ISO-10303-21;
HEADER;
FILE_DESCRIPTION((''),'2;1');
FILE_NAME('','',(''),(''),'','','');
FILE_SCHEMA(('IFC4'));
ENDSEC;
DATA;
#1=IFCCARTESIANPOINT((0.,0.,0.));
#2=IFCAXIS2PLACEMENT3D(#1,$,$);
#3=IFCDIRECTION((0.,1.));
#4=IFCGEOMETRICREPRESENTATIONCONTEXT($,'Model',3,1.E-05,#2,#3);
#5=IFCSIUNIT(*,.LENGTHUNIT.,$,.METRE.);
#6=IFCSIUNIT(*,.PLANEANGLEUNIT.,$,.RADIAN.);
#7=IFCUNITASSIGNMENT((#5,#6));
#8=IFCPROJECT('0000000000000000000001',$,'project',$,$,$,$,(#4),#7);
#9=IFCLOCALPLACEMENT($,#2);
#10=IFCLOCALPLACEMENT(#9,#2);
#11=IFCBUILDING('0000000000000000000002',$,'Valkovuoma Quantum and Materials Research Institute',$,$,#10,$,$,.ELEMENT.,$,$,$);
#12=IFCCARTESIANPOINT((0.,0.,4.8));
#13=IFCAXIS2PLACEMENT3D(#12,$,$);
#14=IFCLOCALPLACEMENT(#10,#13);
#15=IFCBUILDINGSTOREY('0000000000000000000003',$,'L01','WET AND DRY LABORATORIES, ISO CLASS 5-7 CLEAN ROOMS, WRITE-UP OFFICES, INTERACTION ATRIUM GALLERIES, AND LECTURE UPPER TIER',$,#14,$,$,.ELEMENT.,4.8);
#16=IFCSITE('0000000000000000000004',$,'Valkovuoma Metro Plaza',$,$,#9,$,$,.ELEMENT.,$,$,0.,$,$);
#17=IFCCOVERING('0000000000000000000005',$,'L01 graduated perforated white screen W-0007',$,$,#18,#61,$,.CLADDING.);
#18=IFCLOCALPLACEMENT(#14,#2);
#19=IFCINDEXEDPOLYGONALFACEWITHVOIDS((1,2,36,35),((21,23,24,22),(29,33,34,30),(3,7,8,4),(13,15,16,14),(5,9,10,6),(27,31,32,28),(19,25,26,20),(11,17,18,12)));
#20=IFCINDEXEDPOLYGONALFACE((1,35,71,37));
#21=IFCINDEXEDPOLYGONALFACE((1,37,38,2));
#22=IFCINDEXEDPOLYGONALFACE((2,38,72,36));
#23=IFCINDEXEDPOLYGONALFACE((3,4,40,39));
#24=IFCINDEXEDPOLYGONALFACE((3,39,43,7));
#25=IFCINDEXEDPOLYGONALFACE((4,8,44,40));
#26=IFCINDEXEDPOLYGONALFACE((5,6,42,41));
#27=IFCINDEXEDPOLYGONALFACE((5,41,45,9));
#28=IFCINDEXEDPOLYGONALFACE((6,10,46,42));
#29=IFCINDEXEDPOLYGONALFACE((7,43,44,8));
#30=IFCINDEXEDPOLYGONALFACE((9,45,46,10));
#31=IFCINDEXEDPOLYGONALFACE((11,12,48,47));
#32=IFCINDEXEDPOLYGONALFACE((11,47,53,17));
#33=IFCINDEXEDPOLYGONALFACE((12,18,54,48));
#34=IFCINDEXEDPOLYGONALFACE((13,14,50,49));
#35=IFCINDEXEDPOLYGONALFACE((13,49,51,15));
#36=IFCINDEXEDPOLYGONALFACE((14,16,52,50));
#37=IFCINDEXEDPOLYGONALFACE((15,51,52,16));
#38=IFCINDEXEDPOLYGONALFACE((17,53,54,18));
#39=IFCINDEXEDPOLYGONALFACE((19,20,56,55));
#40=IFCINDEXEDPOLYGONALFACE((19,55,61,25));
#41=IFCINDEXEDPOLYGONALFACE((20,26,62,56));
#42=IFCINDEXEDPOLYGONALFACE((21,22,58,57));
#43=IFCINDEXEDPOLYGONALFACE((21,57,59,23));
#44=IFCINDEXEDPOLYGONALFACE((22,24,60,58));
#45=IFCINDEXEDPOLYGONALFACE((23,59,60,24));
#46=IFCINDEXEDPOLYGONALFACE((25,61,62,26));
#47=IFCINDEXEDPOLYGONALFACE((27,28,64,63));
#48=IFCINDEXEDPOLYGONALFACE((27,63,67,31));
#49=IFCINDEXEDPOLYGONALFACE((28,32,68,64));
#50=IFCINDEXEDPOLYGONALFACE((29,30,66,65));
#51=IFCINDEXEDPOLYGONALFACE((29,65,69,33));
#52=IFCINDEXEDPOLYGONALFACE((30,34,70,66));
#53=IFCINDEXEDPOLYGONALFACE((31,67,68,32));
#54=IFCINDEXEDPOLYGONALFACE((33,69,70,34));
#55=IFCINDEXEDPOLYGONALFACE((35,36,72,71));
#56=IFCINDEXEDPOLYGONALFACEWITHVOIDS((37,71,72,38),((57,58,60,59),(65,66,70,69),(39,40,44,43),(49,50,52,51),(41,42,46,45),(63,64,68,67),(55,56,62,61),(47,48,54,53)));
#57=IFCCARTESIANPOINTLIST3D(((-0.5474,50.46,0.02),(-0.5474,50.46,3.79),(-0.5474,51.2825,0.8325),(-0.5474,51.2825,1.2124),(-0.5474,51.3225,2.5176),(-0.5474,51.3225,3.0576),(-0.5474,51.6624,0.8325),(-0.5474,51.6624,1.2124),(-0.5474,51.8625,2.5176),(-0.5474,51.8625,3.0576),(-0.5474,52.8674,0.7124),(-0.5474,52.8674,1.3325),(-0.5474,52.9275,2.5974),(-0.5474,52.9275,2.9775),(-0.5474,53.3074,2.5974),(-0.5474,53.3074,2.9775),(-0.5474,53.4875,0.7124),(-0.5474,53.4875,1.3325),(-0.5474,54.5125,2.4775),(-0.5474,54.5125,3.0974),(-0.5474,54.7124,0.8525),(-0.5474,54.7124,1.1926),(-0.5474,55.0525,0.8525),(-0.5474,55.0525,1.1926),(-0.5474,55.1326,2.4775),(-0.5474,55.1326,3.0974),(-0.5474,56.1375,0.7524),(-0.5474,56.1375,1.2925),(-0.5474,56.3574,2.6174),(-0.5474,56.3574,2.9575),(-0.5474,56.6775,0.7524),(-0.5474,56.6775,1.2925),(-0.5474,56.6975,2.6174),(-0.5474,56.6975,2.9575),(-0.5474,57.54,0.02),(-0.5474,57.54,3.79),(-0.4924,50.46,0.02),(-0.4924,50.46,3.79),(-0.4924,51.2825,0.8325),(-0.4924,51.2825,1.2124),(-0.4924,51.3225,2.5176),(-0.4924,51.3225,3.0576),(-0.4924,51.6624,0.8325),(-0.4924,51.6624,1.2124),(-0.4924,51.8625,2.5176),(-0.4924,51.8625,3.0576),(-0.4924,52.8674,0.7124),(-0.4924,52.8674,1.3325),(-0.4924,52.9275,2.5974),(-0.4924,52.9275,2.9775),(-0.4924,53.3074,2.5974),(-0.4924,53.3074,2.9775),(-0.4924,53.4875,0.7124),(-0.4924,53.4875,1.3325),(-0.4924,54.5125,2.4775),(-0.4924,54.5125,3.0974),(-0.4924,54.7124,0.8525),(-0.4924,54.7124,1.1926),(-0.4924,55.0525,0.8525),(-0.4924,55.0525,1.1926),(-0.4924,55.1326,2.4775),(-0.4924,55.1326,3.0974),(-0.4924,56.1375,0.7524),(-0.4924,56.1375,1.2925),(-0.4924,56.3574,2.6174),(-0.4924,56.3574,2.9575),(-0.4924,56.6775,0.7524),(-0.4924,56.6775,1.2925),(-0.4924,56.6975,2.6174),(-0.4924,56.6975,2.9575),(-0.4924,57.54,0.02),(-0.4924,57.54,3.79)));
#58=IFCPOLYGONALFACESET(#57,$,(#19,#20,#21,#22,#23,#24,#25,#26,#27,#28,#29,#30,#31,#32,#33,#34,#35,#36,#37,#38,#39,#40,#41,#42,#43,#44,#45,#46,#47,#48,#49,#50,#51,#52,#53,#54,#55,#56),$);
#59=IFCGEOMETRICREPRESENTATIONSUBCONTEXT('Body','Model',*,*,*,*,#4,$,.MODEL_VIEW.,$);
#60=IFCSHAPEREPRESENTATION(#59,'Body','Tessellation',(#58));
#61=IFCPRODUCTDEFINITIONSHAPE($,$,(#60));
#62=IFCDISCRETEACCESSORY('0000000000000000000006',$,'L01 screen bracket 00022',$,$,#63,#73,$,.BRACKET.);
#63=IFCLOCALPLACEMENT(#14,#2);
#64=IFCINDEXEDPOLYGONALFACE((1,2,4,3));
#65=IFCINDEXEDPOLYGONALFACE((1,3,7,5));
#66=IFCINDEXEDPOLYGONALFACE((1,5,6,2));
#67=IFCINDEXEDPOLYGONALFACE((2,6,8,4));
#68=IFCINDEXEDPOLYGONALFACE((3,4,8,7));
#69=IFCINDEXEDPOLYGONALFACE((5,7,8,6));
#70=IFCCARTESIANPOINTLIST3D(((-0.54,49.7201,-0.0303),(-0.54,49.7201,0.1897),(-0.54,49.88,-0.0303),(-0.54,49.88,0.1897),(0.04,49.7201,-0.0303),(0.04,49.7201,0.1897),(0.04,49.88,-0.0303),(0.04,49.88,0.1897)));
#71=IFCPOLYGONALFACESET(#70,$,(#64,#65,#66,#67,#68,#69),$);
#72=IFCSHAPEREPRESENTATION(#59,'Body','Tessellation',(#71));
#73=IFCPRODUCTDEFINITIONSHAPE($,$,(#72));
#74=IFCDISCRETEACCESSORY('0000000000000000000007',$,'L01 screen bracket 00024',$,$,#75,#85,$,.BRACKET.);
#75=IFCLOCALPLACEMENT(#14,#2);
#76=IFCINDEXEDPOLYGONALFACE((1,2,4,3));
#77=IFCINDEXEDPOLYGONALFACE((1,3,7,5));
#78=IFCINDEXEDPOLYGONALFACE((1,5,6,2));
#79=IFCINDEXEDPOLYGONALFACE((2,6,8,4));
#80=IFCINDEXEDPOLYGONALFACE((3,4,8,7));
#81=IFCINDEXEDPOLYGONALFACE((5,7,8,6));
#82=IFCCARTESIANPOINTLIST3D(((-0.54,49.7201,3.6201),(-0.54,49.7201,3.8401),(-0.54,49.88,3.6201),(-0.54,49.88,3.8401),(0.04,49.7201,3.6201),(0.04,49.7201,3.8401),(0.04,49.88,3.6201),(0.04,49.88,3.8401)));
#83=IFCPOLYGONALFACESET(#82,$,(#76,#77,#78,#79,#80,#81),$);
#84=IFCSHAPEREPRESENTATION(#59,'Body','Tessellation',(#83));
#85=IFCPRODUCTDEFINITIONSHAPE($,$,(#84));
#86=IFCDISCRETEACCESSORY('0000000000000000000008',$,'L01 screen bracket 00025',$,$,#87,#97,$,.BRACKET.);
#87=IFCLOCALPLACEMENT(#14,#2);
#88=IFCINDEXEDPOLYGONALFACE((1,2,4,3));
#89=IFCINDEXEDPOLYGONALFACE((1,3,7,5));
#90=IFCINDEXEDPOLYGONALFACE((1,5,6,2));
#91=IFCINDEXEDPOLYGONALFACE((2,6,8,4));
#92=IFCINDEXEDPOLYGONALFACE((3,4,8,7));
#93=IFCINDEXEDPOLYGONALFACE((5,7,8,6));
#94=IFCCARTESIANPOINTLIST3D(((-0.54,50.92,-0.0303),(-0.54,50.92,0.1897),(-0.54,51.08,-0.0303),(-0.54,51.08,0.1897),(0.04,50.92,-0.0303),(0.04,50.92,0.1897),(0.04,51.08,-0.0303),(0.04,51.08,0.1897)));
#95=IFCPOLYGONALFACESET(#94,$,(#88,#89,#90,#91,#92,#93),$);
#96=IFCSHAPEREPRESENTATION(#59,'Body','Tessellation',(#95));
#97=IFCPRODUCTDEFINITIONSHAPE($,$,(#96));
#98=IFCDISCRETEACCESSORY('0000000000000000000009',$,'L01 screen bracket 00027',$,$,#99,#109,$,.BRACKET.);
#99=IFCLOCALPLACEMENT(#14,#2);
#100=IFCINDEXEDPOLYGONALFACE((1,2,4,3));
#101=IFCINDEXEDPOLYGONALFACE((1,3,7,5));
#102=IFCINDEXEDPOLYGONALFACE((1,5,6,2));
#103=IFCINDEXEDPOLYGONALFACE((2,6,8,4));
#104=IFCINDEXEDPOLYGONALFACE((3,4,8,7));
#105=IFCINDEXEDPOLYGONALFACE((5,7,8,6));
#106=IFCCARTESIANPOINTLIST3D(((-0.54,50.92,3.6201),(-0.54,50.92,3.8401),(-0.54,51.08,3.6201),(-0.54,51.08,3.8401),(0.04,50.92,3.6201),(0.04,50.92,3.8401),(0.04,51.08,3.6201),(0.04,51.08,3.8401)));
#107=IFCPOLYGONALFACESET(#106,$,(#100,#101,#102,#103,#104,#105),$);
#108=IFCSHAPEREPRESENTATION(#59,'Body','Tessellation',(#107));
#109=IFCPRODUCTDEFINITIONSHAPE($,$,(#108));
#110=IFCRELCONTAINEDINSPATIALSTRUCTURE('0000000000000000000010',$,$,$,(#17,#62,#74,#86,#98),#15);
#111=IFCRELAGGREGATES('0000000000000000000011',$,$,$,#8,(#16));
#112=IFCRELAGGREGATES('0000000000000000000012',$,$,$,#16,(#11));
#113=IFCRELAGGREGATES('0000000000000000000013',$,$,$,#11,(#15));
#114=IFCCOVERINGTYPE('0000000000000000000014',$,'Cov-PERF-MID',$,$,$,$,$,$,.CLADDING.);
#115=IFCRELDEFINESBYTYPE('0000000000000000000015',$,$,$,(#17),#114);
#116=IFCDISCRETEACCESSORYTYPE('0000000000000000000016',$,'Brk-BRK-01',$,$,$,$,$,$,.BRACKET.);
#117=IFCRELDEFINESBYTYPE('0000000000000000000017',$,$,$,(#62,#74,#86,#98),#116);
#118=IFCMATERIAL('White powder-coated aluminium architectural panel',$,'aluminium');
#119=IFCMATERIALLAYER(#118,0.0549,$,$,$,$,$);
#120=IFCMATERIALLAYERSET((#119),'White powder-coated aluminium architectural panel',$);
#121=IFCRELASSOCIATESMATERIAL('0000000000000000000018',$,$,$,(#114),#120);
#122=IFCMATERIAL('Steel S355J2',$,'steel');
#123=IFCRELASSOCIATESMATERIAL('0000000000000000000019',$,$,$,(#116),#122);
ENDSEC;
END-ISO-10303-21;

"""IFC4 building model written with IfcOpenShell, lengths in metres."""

from ifc_helpers import new_model, si_unit, direction, frame, origin, origin_2d, place, context, subcontext, project, spatial, polyline, rectangle, outline, extrude, material, layer, layer_set, type_object, element, save


model = new_model("IFC4")

# Units and contexts
model_context = context("Model", 3, precision=1e-05, world=origin(), true_north=direction((0.0, 1.0)))
body_context = subcontext(model_context, "Body", "Model", "MODEL_VIEW")
ifc_project = project(units=[si_unit("LENGTHUNIT", "METRE"), si_unit("PLANEANGLEUNIT", "RADIAN")], contexts=[model_context])

# Site, building, storey
site_placement = place(None, origin())
site = spatial("IfcSite", under=ifc_project, at=site_placement, Name="Valkovuoma Metro Plaza", CompositionType="ELEMENT", RefElevation=0.0)
building_placement = place(site_placement, origin())
building = spatial("IfcBuilding", under=site, at=building_placement, Name="Valkovuoma Quantum and Materials Research Institute", CompositionType="ELEMENT")
storey_placement = place(building_placement, frame((0.0, 0.0, 4.8)))
storey = spatial("IfcBuildingStorey", under=building, at=storey_placement, Name="L01", Description="WET AND DRY LABORATORIES, ISO CLASS 5-7 CLEAN ROOMS, WRITE-UP OFFICES, INTERACTION ATRIUM GALLERIES, AND LECTURE UPPER TIER", CompositionType="ELEMENT", Elevation=4.8)

# Covering
ifc_material_1 = material(Name="White powder-coated aluminium architectural panel", Category="aluminium")
ifc_layer_1 = layer(ifc_material_1, 0.0549)
ifc_layer_set_1 = layer_set([ifc_layer_1], Name="White powder-coated aluminium architectural panel")
covering_type = type_object("IfcCoveringType", Name="Cov-PERF-MID", PredefinedType="CLADDING", material=ifc_layer_set_1)
covering_placement = place(storey_placement, frame((-0.52, 50.46, 0.02), z_axis=(0.0, 0.0, 1.0), x_axis=(0.0, 1.0, 0.0)))
element("IfcCovering", 1, at=covering_placement, inside=storey, type_object=covering_type, Name="L01 graduated perforated white screen W-0007", PredefinedType="CLADDING", context=body_context, shape_type="SweptSolid", body=[
    extrude(outline(polyline([(0.0, 0.0), (7.0801, 0.0), (7.0801, 3.77), (0.0, 3.77), (0.0, 0.0)]), holes=[polyline([(0.8225, 0.8125), (0.8225, 1.1924), (1.2024, 1.1924), (1.2024, 0.8125), (0.8225, 0.8125)]), polyline([(0.8625, 2.4976), (0.8625, 3.0376), (1.4026, 3.0376), (1.4026, 2.4976), (0.8625, 2.4976)]), polyline([(2.4075, 0.6924), (2.4075, 1.3125), (3.0276, 1.3125), (3.0276, 0.6924), (2.4075, 0.6924)]), polyline([(2.4675, 2.5774), (2.4675, 2.9575), (2.8474, 2.9575), (2.8474, 2.5774), (2.4675, 2.5774)]), polyline([(4.2524, 0.8325), (4.2524, 1.1726), (4.5925, 1.1726), (4.5925, 0.8325), (4.2524, 0.8325)]), polyline([(4.0525, 2.4575), (4.0525, 3.0774), (4.6726, 3.0774), (4.6726, 2.4575), (4.0525, 2.4575)]), polyline([(5.6775, 0.7324), (5.6775, 1.2725), (6.2175, 1.2725), (6.2175, 0.7324), (5.6775, 0.7324)]), polyline([(5.8975, 2.5974), (5.8975, 2.9375), (6.2375, 2.9375), (6.2375, 2.5974), (5.8975, 2.5974)])]), frame((0.0, 0.0273, 0.0), z_axis=(0.0, -1.0, 0.0), x_axis=(1.0, 0.0, 0.0)), (0.0, 0.0, 1.0), 0.0549),
])

# Discrete accessories
ifc_material_2 = material(Name="Steel S355J2", Category="steel")
discrete_accessory_type = type_object("IfcDiscreteAccessoryType", Name="Brk-BRK-01", PredefinedType="BRACKET", material=ifc_material_2)
for number, where, z_axis, x_axis, name in (
    (2, (-0.25, 49.8, -0.0303), (0.0, 0.0, 1.0), (1.0, 0.0, 0.0), "L01 screen bracket 00022"),
    (3, (-0.25, 49.8, 3.6201), (0.0, 0.0, 1.0), (1.0, 0.0, 0.0), "L01 screen bracket 00024"),
    (4, (-0.25, 51.0, -0.0303), (0.0, 0.0, 1.0), (1.0, 0.0, 0.0), "L01 screen bracket 00025"),
    (5, (-0.25, 51.0, 3.6201), (0.0, 0.0, 1.0), (1.0, 0.0, 0.0), "L01 screen bracket 00027"),
):
    element("IfcDiscreteAccessory", number, at=place(storey_placement, frame(where, z_axis=z_axis, x_axis=x_axis)), inside=storey, type_object=discrete_accessory_type, Name=name, PredefinedType="BRACKET", context=body_context, shape_type="SweptSolid", body=[
        extrude(rectangle(XDim=0.5801, YDim=0.1599, at=origin_2d()), origin(), (0.0, 0.0, 1.0), 0.22),
    ])

save(model, "model.ifc")
